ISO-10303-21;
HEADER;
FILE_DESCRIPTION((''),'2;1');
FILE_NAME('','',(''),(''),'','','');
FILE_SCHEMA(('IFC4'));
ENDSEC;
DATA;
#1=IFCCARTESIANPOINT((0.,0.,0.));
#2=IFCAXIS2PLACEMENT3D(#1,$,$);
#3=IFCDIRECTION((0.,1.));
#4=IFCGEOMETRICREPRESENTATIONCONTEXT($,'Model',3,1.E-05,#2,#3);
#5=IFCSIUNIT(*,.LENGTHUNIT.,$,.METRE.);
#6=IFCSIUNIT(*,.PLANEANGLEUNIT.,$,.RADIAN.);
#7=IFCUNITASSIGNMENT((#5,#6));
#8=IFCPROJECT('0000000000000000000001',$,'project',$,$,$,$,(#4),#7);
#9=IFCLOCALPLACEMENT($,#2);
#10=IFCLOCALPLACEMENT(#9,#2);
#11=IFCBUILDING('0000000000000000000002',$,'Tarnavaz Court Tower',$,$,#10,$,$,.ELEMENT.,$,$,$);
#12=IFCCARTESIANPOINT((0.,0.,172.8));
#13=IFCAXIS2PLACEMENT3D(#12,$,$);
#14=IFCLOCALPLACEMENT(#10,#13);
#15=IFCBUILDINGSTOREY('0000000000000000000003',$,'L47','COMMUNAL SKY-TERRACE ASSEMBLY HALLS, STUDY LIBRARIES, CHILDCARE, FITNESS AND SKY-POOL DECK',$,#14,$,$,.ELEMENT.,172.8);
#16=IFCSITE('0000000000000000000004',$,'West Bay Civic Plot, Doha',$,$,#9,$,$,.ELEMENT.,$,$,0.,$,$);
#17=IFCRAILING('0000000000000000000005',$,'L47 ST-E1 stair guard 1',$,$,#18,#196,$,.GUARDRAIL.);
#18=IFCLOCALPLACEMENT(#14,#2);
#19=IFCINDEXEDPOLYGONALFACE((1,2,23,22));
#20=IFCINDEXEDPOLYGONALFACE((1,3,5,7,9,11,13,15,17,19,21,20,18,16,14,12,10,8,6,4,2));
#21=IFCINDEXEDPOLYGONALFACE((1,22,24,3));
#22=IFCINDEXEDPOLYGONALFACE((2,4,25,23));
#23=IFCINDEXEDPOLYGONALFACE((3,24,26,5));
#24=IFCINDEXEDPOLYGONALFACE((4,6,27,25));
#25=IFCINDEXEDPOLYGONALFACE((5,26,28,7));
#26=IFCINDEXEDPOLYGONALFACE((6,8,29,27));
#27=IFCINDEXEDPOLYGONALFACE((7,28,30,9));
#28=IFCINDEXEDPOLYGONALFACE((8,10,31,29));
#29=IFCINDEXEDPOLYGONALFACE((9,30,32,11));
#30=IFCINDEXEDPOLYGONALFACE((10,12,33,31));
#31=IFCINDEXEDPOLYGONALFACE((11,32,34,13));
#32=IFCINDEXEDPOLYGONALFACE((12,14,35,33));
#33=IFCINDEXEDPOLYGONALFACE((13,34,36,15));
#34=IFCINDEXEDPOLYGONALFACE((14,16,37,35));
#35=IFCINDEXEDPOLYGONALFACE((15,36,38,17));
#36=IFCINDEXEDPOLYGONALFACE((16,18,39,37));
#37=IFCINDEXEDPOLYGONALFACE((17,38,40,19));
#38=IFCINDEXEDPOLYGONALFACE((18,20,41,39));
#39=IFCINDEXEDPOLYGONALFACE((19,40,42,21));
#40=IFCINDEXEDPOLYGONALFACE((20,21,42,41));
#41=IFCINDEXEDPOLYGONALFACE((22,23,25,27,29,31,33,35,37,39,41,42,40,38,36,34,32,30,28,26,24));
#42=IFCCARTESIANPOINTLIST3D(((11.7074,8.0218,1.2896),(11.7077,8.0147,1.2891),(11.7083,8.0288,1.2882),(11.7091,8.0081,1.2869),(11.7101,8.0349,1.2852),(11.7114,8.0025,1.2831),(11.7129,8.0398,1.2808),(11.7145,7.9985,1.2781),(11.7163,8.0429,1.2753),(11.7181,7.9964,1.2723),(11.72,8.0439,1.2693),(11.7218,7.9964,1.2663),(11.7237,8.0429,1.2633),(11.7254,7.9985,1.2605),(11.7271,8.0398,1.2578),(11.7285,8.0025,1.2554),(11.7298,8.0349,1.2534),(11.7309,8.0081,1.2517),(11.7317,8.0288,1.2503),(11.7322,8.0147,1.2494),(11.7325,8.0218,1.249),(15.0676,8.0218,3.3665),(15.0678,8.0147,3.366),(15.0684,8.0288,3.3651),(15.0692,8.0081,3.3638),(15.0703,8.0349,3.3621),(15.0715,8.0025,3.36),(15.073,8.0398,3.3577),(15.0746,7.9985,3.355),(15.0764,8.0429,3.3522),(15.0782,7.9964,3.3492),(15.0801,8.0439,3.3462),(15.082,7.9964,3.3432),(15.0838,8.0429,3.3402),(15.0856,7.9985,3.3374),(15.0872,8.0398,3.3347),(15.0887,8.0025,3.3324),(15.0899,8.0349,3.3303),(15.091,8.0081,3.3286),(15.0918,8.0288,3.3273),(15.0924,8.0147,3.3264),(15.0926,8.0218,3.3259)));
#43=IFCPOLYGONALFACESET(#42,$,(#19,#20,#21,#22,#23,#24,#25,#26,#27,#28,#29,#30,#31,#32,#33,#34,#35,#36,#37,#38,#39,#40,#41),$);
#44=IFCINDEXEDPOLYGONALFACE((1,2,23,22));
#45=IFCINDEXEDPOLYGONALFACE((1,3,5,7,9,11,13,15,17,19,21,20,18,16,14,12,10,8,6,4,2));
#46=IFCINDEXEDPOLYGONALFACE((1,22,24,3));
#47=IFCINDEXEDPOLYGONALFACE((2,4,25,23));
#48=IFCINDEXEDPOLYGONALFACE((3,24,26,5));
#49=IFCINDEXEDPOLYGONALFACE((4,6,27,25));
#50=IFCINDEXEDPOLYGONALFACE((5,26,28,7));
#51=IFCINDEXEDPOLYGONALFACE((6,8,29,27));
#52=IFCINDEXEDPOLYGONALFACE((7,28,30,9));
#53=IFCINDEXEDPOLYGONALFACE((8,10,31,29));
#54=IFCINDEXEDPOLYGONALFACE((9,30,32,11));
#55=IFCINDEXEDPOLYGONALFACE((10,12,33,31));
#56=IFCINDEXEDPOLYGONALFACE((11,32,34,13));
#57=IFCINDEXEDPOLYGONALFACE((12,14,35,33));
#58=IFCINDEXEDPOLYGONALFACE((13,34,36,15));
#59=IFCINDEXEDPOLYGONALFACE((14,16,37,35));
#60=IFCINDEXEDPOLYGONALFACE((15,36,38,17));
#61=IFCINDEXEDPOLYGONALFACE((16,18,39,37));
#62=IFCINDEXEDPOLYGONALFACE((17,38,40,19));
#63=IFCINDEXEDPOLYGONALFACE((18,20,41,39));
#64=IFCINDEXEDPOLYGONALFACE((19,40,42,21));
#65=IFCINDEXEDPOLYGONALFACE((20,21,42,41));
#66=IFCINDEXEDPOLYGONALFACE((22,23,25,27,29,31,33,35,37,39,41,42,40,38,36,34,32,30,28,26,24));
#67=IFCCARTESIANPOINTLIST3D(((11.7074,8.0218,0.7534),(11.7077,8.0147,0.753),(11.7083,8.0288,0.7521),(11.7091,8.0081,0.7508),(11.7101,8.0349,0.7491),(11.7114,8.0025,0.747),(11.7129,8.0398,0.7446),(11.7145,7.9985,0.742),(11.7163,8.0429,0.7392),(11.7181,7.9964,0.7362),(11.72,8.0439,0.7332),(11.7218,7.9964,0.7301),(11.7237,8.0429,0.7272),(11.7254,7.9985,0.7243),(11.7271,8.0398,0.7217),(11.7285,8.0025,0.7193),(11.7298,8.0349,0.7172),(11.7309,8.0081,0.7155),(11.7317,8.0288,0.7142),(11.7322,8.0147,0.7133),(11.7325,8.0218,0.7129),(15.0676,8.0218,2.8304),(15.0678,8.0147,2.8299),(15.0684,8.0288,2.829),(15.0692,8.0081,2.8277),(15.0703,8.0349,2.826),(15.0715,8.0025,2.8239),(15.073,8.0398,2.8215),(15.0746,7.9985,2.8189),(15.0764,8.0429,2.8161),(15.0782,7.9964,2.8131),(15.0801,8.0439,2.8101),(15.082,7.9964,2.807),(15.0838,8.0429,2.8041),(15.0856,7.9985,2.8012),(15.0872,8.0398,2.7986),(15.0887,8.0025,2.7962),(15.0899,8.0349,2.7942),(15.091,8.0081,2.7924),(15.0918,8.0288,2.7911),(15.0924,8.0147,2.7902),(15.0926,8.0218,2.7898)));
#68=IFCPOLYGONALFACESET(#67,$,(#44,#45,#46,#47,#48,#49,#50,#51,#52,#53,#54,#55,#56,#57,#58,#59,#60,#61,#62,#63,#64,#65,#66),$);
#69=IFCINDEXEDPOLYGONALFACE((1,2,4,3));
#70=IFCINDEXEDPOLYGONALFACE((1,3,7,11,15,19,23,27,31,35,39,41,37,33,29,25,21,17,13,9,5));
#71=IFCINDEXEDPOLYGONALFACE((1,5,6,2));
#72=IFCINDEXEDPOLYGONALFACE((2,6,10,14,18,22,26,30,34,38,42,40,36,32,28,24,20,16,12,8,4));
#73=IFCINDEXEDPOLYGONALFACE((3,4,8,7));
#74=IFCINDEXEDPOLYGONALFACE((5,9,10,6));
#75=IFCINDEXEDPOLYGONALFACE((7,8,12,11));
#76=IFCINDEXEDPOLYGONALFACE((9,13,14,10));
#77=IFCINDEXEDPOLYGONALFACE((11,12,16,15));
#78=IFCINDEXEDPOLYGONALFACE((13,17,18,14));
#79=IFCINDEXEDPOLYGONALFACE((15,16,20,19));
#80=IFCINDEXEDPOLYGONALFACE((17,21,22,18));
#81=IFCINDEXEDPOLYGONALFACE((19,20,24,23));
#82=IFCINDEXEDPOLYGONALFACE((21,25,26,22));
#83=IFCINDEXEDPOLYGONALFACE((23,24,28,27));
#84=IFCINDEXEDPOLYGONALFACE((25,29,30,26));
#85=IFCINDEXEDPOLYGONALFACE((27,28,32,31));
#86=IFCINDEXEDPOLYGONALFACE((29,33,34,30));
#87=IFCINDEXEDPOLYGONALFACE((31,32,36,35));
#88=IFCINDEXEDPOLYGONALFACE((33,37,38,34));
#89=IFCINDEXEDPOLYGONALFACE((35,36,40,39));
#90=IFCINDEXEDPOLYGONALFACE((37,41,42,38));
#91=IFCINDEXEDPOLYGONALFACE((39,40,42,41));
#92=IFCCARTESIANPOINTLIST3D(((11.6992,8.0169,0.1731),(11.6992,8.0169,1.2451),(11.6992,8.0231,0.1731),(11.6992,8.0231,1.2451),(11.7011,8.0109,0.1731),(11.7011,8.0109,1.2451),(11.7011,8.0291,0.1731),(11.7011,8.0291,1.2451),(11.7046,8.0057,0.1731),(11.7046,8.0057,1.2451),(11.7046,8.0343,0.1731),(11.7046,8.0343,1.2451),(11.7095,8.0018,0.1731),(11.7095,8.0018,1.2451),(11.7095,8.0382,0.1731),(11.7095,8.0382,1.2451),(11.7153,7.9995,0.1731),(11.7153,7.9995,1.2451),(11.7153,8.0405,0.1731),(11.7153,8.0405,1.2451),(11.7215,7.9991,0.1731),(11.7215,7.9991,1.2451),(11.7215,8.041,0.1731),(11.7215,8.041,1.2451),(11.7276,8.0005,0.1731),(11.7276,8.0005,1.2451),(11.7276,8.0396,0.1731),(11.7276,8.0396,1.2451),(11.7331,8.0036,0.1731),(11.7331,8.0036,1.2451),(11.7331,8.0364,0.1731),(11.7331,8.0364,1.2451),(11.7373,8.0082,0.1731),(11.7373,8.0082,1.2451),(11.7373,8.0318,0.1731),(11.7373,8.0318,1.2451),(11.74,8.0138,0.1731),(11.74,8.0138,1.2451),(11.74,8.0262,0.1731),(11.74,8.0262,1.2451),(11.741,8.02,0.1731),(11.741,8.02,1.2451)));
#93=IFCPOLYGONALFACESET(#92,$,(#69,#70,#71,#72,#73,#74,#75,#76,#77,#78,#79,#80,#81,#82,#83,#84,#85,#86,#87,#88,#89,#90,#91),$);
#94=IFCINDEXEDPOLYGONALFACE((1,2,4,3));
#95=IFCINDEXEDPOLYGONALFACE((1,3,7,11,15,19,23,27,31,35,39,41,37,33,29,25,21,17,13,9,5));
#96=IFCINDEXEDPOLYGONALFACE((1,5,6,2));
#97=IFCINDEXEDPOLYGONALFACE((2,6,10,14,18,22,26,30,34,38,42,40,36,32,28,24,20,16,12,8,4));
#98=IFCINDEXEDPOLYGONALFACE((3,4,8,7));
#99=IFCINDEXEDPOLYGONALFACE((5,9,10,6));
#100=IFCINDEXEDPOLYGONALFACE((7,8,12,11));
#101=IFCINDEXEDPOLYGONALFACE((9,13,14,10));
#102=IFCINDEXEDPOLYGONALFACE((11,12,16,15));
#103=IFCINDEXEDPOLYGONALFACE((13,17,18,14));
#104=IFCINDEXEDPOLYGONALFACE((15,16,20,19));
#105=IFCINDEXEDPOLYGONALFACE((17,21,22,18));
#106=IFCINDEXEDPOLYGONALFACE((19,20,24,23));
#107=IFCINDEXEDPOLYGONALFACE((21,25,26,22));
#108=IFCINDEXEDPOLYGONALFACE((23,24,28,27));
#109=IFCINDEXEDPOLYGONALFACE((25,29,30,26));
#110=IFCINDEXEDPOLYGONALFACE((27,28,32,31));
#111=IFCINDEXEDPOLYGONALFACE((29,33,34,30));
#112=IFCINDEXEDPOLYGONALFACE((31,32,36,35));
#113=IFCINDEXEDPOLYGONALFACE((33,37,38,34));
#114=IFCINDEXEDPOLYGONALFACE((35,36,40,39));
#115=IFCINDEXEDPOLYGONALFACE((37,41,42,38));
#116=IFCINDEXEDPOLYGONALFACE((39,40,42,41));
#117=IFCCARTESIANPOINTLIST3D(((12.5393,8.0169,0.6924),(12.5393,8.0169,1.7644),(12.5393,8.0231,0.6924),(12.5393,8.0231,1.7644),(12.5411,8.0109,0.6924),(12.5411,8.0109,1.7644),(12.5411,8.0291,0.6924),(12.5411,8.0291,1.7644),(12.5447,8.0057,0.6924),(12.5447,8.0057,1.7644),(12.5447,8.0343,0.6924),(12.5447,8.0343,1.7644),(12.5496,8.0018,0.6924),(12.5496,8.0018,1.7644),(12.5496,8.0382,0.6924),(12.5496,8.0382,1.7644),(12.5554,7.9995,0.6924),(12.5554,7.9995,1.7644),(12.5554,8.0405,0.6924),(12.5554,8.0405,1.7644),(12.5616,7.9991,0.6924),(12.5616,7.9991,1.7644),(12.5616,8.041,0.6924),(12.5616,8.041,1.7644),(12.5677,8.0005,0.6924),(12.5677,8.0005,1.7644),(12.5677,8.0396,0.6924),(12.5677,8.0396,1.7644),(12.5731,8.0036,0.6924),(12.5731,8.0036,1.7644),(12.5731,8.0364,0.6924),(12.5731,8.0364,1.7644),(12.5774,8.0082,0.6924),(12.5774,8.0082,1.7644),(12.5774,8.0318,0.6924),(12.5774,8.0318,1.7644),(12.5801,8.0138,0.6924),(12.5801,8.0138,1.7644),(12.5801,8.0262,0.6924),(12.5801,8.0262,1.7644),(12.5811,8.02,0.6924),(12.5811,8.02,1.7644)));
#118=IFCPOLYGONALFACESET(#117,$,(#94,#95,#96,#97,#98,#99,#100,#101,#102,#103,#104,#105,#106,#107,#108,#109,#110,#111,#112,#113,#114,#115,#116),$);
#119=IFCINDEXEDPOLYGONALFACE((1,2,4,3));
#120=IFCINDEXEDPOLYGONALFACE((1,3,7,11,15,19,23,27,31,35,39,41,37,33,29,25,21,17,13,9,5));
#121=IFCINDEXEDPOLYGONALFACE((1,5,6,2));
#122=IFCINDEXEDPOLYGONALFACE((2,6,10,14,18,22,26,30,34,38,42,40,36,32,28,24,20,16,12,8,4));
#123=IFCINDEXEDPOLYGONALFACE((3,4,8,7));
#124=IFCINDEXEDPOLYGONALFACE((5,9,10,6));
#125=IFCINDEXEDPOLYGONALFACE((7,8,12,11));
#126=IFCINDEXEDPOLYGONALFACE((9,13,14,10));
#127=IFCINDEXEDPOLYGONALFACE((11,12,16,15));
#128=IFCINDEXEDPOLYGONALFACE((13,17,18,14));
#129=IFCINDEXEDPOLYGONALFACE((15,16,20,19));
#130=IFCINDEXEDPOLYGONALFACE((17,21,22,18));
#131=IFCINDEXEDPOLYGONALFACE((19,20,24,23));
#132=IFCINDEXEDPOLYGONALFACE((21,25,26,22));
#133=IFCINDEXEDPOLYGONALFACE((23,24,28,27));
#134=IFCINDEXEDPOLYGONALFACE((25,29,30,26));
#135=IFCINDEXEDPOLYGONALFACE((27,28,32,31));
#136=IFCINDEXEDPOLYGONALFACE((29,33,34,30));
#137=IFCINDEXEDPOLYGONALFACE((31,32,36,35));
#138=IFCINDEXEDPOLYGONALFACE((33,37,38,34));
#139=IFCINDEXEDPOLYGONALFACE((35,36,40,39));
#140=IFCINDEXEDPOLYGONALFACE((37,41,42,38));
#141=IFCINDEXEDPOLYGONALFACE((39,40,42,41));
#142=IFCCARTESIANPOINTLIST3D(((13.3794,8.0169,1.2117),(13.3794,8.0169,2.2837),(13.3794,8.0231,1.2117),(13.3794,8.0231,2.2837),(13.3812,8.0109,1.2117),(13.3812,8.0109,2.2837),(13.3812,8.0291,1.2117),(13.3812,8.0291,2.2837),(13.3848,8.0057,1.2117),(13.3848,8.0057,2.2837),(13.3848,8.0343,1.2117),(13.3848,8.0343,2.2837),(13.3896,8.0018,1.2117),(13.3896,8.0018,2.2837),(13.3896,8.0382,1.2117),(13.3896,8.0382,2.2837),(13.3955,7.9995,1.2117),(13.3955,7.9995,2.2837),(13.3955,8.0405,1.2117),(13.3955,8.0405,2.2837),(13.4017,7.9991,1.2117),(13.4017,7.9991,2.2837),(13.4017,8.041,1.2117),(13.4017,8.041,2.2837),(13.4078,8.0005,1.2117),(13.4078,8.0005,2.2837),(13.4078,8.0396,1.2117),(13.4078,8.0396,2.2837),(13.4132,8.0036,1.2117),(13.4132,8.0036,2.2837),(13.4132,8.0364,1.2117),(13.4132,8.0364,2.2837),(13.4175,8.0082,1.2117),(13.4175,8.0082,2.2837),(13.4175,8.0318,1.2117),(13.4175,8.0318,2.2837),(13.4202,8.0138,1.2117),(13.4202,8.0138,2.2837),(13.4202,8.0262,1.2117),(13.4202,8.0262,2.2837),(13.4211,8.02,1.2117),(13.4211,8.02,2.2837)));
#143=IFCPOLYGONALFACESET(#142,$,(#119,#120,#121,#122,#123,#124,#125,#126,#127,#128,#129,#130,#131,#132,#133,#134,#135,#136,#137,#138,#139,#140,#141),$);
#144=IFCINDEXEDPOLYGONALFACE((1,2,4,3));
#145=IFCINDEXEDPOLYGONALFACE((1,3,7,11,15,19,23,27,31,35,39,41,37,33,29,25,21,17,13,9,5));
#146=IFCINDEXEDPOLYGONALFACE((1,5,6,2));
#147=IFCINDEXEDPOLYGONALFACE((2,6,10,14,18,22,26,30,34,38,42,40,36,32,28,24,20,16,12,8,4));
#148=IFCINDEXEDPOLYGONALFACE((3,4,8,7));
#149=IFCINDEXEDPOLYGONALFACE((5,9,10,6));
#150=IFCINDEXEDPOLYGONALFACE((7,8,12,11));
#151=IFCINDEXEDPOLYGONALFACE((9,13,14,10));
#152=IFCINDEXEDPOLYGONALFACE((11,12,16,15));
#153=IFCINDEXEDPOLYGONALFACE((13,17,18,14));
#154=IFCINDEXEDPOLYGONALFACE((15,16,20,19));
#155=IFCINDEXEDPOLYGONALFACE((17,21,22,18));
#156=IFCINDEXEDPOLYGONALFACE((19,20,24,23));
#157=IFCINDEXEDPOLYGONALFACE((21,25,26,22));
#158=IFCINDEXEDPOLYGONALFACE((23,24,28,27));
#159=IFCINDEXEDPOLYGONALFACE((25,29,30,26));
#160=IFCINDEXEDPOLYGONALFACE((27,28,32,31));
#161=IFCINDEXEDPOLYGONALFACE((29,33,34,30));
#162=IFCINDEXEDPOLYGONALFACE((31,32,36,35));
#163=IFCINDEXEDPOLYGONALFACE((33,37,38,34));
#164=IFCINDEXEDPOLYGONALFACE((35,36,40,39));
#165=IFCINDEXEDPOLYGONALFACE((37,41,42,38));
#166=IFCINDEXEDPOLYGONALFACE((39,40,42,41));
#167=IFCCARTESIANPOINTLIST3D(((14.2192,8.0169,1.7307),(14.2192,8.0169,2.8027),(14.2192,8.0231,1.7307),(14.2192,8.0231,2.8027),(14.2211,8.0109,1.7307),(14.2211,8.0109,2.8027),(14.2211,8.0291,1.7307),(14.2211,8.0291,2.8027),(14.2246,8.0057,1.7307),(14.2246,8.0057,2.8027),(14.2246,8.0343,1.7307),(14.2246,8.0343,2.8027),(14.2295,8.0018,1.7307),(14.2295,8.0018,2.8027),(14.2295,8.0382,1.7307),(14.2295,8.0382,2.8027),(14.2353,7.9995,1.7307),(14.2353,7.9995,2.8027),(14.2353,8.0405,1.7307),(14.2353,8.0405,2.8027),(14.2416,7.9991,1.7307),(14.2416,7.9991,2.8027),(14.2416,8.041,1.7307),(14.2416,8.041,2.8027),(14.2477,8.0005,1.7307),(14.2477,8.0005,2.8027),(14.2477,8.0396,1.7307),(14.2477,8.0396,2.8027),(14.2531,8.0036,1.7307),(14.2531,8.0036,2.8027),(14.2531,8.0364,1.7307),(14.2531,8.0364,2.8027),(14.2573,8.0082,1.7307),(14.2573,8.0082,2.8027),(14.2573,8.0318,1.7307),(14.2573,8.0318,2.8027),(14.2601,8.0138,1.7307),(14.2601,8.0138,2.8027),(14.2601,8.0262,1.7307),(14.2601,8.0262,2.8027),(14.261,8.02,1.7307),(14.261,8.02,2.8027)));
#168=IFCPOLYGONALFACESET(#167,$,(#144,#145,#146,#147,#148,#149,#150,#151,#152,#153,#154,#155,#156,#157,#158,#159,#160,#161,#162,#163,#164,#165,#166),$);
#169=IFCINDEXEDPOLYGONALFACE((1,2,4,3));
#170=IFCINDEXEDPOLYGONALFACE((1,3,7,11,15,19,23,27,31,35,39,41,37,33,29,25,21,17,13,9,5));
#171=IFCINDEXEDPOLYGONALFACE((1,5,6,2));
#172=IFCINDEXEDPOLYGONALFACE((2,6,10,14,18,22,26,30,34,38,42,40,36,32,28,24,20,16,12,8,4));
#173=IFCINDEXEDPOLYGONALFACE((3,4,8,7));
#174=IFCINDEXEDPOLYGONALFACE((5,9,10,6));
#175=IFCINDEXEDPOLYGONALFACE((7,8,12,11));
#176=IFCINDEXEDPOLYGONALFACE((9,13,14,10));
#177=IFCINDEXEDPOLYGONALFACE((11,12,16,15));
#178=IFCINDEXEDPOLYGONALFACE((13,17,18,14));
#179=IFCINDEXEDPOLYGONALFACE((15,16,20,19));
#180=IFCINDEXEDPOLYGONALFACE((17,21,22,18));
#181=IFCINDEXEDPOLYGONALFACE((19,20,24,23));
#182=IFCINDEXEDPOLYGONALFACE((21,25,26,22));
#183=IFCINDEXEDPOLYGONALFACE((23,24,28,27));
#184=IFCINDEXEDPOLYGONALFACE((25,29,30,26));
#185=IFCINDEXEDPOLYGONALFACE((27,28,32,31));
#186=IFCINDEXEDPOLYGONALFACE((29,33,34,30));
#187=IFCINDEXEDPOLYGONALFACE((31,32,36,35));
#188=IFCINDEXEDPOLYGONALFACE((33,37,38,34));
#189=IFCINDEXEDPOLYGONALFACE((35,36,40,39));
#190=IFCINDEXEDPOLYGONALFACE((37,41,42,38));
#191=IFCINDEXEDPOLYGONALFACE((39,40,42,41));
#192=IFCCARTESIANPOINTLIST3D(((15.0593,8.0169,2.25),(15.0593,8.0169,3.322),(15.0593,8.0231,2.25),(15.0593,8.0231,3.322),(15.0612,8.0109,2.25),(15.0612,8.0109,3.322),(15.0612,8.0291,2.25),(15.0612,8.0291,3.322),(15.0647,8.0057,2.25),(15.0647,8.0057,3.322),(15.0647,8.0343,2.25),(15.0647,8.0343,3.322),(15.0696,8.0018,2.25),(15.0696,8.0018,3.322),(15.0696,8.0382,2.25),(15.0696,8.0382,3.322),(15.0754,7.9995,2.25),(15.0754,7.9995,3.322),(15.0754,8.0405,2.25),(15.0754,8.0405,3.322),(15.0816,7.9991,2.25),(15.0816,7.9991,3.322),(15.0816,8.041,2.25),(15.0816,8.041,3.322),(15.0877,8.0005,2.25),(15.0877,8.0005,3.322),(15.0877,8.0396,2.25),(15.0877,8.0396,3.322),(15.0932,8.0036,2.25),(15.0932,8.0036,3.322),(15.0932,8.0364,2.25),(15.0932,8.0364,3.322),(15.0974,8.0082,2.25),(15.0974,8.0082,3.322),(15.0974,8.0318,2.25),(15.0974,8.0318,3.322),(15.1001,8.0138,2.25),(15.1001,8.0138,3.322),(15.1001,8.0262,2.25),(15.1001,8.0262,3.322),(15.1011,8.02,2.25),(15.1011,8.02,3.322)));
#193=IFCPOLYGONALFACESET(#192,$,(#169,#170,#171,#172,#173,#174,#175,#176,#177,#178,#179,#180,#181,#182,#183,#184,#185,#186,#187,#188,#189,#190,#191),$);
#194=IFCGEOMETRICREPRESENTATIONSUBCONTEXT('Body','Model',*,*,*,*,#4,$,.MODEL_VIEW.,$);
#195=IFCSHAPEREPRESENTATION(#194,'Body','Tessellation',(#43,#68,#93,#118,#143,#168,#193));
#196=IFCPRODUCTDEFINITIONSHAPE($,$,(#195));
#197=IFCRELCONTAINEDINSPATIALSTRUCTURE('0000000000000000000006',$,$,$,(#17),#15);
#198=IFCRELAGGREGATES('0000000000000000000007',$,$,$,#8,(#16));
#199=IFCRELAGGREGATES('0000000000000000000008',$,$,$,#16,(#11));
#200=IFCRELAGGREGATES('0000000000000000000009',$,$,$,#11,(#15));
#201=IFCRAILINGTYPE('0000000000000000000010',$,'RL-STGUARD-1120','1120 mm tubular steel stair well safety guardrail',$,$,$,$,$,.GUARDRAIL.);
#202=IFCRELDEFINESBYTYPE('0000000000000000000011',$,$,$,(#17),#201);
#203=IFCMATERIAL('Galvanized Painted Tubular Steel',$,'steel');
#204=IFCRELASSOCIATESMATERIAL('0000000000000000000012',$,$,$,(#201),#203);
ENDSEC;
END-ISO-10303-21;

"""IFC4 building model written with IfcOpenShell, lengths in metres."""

from ifc_helpers import new_model, si_unit, direction, frame, origin, origin_2d, place, context, subcontext, project, spatial, circle, extrude, material, type_object, element, save


model = new_model("IFC4")

# Units and contexts
model_context = context("Model", 3, precision=1e-05, world=origin(), true_north=direction((0.0, 1.0)))
body_context = subcontext(model_context, "Body", "Model", "MODEL_VIEW")
ifc_project = project(units=[si_unit("LENGTHUNIT", "METRE"), si_unit("PLANEANGLEUNIT", "RADIAN")], contexts=[model_context])

# Site, building, storey
site_placement = place(None, origin())
site = spatial("IfcSite", under=ifc_project, at=site_placement, Name="West Bay Civic Plot, Doha", CompositionType="ELEMENT", RefElevation=0.0)
building_placement = place(site_placement, origin())
building = spatial("IfcBuilding", under=site, at=building_placement, Name="Tarnavaz Court Tower", CompositionType="ELEMENT")
storey_placement = place(building_placement, frame((0.0, 0.0, 172.8)))
storey = spatial("IfcBuildingStorey", under=building, at=storey_placement, Name="L47", Description="COMMUNAL SKY-TERRACE ASSEMBLY HALLS, STUDY LIBRARIES, CHILDCARE, FITNESS AND SKY-POOL DECK", CompositionType="ELEMENT", Elevation=172.8)

# Railing
ifc_material_1 = material(Name="Galvanized Painted Tubular Steel", Category="steel")
railing_type_1 = type_object("IfcRailingType", Name="RL-STGUARD-1120", Description="1120 mm tubular steel stair well safety guardrail", PredefinedType="GUARDRAIL", material=ifc_material_1)
railing_1_placement = place(storey_placement, frame((11.72, 8.02, 0.1731)))
element("IfcRailing", 1, at=railing_1_placement, inside=storey, type_object=railing_type_1, Name="L47 ST-E1 stair guard 1", PredefinedType="GUARDRAIL", context=body_context, shape_type="SweptSolid", body=[
    extrude(circle(Radius=0.0239, at=origin_2d()), frame((0.0, 0.0, 1.0962), z_axis=(0.850623, 0.0, 0.525776), x_axis=(0.0, 1.0, 0.0)), (0.0, 0.0, 1.0), 3.9502),
    extrude(circle(Radius=0.0239, at=origin_2d()), frame((0.0, 0.0, 0.5601), z_axis=(0.850623, 0.0, 0.525776), x_axis=(0.0, 1.0, 0.0)), (0.0, 0.0, 1.0), 3.9502),
    extrude(circle(Radius=0.021, at=origin_2d()), origin(), (0.0, 0.0, 1.0), 1.072),
    extrude(circle(Radius=0.021, at=origin_2d()), frame((0.8401, 0.0, 0.5193)), (0.0, 0.0, 1.0), 1.072),
    extrude(circle(Radius=0.021, at=origin_2d()), frame((1.6802, 0.0, 1.0386)), (0.0, 0.0, 1.0), 1.072),
    extrude(circle(Radius=0.021, at=origin_2d()), frame((2.52, 0.0, 1.5576)), (0.0, 0.0, 1.0), 1.072),
    extrude(circle(Radius=0.021, at=origin_2d()), frame((3.3601, 0.0, 2.0769)), (0.0, 0.0, 1.0), 1.072),
])

save(model, "model.ifc")
